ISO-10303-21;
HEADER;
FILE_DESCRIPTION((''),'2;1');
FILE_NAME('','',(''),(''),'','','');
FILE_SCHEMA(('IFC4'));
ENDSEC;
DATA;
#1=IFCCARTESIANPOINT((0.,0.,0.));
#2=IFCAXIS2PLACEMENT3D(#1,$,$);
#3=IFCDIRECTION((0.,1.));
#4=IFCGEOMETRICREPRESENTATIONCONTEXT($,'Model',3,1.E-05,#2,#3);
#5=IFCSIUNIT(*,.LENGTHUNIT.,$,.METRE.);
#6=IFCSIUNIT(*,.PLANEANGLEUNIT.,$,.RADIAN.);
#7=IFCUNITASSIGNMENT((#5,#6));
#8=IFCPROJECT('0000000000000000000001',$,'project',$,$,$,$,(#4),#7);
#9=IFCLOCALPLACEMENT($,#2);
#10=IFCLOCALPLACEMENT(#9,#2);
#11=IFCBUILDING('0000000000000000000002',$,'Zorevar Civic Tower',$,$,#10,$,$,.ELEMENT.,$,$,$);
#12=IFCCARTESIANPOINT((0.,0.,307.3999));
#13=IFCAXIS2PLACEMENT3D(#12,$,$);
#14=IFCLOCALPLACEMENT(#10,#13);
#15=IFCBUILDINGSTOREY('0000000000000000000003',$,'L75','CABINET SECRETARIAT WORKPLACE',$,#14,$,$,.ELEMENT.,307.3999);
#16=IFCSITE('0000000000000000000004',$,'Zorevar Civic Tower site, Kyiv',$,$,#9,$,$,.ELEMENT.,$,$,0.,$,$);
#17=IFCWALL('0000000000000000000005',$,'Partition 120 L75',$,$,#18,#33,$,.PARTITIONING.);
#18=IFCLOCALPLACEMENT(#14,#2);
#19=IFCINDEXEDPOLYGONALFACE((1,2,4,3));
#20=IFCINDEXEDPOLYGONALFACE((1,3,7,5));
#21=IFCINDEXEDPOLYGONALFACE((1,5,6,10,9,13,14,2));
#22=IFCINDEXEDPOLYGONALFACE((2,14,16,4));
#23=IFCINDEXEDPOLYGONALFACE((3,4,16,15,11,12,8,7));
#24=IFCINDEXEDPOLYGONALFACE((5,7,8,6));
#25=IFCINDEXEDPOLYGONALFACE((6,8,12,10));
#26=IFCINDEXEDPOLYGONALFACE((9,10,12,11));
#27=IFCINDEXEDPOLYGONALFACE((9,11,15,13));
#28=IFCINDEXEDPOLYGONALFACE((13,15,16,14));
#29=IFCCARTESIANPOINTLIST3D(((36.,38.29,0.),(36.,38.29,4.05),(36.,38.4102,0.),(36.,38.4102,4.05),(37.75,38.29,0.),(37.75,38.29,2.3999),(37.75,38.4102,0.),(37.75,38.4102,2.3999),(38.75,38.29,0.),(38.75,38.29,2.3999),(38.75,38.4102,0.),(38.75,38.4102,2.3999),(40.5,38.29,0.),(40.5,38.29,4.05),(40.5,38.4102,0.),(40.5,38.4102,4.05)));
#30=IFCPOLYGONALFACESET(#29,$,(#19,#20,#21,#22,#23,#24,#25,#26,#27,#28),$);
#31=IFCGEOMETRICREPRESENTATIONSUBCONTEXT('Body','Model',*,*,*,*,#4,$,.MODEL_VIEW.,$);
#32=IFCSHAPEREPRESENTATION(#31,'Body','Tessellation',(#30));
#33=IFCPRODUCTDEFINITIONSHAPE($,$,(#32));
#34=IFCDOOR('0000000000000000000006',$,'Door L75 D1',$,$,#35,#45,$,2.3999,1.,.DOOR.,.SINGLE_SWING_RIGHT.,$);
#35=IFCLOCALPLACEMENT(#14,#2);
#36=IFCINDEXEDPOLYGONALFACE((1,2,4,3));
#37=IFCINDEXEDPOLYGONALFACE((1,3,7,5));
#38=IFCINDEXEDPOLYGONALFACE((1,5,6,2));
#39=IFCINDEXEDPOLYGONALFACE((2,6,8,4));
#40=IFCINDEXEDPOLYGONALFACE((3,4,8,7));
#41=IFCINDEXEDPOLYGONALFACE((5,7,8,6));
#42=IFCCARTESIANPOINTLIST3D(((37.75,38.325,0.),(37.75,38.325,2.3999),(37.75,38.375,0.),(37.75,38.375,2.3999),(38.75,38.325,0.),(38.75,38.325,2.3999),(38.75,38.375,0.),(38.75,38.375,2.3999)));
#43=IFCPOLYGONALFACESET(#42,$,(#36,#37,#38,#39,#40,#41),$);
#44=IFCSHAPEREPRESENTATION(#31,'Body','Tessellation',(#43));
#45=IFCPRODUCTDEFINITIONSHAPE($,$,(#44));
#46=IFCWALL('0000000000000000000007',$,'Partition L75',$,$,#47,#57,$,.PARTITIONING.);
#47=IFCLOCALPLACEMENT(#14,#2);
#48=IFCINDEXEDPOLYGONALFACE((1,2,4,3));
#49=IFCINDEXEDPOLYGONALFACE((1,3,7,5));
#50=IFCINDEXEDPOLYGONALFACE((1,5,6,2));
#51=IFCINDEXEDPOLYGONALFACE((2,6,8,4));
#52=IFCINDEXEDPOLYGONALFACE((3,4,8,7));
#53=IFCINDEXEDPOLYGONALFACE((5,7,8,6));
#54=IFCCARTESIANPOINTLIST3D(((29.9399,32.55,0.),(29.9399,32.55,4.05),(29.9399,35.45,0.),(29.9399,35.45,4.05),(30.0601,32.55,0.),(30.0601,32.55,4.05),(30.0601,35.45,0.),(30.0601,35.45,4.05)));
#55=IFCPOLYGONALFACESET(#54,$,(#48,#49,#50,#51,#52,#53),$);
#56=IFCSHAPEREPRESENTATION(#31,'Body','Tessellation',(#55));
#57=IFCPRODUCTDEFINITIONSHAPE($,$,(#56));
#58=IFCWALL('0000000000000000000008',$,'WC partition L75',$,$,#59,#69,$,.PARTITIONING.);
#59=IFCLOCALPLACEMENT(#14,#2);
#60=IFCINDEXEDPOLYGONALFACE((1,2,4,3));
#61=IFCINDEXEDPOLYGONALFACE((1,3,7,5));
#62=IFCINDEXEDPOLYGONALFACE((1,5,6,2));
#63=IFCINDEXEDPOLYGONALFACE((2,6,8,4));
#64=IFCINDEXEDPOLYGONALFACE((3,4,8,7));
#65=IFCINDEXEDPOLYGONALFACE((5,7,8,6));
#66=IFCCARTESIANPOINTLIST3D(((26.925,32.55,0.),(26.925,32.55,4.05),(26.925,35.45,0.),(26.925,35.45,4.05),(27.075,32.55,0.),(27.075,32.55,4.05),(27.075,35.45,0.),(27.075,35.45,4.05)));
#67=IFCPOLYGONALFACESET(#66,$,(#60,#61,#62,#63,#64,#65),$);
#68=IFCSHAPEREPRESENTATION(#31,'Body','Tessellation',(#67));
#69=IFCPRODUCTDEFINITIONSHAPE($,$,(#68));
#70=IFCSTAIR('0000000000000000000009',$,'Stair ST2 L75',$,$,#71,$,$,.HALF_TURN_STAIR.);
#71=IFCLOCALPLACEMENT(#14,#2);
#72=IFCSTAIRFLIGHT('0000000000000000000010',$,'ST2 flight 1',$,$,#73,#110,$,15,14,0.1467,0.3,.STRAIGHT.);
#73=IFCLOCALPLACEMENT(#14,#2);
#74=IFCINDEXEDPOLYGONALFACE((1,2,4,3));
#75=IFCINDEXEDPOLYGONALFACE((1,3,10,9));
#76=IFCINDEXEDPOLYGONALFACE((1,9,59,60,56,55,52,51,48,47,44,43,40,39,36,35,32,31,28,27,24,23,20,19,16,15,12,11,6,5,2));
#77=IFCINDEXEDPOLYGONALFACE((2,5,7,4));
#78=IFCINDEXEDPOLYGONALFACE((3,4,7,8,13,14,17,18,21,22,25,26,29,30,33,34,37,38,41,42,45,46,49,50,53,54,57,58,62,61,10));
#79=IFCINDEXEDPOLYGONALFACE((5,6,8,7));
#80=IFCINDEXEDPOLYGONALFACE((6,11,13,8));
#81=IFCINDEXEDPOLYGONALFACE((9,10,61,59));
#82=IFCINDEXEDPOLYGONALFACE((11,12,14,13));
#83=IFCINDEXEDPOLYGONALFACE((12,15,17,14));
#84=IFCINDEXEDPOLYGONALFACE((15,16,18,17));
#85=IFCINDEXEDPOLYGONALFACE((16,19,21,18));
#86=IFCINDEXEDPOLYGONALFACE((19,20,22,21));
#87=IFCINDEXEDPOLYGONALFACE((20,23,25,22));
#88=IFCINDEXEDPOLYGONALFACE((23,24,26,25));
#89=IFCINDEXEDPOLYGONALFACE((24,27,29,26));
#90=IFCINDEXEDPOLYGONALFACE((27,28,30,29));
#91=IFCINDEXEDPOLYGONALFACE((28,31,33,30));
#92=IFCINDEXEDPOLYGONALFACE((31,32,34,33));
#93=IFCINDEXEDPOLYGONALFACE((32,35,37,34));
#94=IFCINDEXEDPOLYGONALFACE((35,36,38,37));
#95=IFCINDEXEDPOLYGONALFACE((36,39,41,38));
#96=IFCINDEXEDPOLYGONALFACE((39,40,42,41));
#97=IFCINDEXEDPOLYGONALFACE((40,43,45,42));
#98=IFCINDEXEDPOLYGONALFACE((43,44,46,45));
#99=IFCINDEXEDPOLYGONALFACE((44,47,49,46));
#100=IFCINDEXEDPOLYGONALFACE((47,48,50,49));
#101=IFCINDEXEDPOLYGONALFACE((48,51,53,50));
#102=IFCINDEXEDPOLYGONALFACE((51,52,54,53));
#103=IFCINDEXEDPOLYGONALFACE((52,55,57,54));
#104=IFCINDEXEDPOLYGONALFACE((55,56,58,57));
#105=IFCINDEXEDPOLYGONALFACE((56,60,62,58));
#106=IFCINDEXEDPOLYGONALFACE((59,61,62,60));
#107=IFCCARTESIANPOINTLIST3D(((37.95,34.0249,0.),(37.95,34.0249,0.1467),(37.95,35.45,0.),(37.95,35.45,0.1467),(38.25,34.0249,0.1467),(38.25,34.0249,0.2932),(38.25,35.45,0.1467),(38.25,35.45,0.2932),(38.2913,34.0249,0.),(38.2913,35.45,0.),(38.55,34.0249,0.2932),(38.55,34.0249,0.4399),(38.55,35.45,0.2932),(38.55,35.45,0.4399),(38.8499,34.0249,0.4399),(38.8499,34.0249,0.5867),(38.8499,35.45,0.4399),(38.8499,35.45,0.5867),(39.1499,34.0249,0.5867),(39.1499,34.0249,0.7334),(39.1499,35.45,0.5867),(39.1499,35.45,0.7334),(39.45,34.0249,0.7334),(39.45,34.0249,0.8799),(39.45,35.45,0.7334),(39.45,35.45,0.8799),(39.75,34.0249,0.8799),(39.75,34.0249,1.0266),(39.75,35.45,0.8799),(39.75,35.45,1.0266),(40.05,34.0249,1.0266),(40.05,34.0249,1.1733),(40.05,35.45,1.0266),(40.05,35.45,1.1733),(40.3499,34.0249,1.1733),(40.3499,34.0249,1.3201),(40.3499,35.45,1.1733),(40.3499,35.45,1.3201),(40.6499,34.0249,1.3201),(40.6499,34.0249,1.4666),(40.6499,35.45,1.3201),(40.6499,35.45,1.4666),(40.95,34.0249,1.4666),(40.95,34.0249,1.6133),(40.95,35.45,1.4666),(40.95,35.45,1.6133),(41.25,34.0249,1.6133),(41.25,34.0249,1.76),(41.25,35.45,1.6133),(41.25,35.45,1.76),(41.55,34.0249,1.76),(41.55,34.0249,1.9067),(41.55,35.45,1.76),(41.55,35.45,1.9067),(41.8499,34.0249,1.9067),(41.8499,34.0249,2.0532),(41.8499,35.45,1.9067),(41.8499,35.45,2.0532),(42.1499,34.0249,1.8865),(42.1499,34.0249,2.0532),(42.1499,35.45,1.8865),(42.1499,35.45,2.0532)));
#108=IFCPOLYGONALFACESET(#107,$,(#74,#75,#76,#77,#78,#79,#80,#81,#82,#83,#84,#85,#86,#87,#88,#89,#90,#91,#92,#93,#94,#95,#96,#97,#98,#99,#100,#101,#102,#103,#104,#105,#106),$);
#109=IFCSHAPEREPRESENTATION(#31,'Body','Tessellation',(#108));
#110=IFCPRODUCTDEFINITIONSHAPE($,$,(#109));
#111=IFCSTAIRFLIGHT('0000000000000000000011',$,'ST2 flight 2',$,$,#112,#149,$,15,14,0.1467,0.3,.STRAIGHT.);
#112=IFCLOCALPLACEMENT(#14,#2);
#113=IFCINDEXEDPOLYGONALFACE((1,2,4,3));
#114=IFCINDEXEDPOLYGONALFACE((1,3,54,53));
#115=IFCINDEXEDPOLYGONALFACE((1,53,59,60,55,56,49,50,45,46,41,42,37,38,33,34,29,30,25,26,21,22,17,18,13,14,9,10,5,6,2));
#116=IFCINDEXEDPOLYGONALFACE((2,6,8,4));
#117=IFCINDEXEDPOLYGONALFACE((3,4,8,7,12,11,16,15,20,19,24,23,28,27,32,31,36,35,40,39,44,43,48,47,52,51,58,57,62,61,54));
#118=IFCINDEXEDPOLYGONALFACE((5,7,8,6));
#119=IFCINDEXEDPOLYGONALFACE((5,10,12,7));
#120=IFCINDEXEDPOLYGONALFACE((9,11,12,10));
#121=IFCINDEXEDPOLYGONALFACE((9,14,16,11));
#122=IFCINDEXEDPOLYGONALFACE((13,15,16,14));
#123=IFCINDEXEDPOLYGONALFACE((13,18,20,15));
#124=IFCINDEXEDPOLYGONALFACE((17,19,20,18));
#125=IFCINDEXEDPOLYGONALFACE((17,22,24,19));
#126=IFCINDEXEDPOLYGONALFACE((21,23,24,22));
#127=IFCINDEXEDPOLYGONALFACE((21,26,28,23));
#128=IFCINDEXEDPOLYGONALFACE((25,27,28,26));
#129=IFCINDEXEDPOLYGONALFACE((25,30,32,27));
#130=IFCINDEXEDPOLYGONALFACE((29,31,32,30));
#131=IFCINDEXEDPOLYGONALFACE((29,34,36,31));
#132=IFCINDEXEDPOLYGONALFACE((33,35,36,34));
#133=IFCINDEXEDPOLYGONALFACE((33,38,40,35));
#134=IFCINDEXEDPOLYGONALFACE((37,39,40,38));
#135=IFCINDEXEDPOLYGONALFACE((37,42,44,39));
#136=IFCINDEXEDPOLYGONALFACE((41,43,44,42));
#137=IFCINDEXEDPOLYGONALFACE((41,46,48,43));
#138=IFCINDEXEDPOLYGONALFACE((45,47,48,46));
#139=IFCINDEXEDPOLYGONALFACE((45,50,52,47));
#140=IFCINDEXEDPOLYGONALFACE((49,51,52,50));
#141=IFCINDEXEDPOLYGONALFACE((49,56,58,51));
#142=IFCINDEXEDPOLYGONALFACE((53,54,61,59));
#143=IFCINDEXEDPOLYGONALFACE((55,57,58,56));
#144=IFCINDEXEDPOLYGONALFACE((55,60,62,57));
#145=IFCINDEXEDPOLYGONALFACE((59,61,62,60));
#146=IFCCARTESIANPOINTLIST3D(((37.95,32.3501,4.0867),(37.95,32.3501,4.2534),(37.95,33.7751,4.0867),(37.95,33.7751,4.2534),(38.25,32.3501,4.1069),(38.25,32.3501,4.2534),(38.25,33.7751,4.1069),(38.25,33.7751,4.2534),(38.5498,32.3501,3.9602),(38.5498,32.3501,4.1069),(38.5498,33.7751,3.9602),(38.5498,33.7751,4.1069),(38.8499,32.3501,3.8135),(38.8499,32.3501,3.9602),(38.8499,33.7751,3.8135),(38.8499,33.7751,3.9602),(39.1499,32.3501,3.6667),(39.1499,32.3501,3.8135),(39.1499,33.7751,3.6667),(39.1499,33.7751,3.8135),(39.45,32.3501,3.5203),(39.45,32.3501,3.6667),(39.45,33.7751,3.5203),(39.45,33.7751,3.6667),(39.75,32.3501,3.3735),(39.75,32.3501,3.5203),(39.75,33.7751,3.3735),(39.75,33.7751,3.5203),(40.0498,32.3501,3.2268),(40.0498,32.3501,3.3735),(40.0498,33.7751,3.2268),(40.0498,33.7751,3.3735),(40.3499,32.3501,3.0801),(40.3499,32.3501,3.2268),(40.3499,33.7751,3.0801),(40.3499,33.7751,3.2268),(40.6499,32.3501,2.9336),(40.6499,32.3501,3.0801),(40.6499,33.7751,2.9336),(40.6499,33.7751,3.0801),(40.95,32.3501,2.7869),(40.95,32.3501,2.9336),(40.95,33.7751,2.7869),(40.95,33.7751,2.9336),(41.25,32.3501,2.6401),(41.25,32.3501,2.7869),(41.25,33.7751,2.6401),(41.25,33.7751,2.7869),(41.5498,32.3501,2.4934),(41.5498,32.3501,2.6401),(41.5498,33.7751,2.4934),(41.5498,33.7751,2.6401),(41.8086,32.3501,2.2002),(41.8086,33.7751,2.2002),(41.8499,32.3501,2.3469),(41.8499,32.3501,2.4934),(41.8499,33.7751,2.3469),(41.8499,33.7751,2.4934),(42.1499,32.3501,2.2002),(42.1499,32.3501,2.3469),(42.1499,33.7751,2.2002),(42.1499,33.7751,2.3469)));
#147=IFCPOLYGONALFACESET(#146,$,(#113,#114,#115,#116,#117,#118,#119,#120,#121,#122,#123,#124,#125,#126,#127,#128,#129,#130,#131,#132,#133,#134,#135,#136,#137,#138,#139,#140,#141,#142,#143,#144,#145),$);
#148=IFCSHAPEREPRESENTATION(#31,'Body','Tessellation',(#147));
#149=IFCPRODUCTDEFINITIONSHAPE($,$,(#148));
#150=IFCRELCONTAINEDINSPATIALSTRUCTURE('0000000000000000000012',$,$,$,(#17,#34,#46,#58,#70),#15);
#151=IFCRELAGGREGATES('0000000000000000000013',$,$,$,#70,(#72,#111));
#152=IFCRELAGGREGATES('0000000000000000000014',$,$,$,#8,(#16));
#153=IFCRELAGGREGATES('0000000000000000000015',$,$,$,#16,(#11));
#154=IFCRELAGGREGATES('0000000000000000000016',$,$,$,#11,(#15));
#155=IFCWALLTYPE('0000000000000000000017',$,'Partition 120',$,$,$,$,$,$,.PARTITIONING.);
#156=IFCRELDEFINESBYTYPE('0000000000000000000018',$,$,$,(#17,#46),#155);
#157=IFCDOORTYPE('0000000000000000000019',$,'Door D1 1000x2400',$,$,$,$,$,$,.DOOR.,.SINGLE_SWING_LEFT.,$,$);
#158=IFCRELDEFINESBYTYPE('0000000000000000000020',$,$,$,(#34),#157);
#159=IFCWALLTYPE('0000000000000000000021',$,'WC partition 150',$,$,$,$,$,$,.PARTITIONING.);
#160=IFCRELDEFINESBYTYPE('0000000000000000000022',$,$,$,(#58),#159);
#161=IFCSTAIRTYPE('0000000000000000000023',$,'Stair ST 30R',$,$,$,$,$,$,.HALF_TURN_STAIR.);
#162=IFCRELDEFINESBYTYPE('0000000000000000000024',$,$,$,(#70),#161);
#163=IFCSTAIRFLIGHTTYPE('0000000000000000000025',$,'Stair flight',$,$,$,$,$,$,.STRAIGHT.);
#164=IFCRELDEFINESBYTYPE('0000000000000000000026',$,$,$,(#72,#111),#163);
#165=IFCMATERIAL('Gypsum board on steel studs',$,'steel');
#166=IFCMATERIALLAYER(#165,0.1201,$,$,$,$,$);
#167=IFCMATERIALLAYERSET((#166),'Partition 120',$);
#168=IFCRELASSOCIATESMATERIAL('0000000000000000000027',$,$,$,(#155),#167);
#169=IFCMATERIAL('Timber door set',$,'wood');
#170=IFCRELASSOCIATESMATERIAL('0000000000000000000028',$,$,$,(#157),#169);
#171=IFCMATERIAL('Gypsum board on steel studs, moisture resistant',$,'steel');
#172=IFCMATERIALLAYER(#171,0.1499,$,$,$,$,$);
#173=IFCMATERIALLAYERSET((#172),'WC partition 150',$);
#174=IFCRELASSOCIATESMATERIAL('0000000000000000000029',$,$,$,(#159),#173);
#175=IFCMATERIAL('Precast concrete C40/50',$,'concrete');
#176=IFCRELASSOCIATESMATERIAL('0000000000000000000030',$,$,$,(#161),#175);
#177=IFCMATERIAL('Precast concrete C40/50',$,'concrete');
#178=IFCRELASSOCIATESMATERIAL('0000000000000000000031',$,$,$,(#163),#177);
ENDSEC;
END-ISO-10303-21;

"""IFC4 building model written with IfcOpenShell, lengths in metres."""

from ifc_helpers import new_model, si_unit, direction, frame, frame_2d, origin, place, context, subcontext, project, spatial, polyline, rectangle, outline, extrude, material, layer, layer_set, type_object, element, fill, aggregate, save


model = new_model("IFC4")

# Units and contexts
model_context = context("Model", 3, precision=1e-05, world=origin(), true_north=direction((0.0, 1.0)))
body_context = subcontext(model_context, "Body", "Model", "MODEL_VIEW")
ifc_project = project(units=[si_unit("LENGTHUNIT", "METRE"), si_unit("PLANEANGLEUNIT", "RADIAN")], contexts=[model_context])

# Site, building, storey
site_placement = place(None, origin())
site = spatial("IfcSite", under=ifc_project, at=site_placement, Name="Zorevar Civic Tower site, Kyiv", CompositionType="ELEMENT", RefElevation=0.0)
building_placement = place(site_placement, origin())
building = spatial("IfcBuilding", under=site, at=building_placement, Name="Zorevar Civic Tower", CompositionType="ELEMENT")
storey_placement = place(building_placement, frame((0.0, 0.0, 307.3999)))
storey = spatial("IfcBuildingStorey", under=building, at=storey_placement, Name="L75", Description="CABINET SECRETARIAT WORKPLACE", CompositionType="ELEMENT", Elevation=307.3999)

# Wall, opening, door
ifc_material_1 = material(Name="Gypsum board on steel studs", Category="steel")
ifc_layer_1 = layer(ifc_material_1, 0.1201)
ifc_layer_set_1 = layer_set([ifc_layer_1], Name="Partition 120")
wall_type_1 = type_object("IfcWallType", Name="Partition 120", PredefinedType="PARTITIONING", material=ifc_layer_set_1)
wall_1_placement = place(storey_placement, frame((36.0, 38.3501, 0.0), z_axis=(0.0, 0.0, 1.0), x_axis=(1.0, 0.0, 0.0)))
wall_1 = element("IfcWall", 1, at=wall_1_placement, inside=storey, type_object=wall_type_1, Name="Partition 120 L75", PredefinedType="PARTITIONING", context=body_context, shape_type="SweptSolid", body=[
    extrude(rectangle(XDim=4.5, YDim=0.1201, at=frame_2d((2.25, 0.0))), origin(), (0.0, 0.0, 1.0), 4.05),
])
opening_1_placement = place(wall_1_placement, frame((1.75, 0.0, 0.0)))
opening_1 = element("IfcOpeningElement", 2, at=opening_1_placement, cuts=wall_1, PredefinedType="OPENING", context=body_context, shape_type="SweptSolid", body=[
    extrude(rectangle(XDim=1.0, YDim=2.3999, at=frame_2d((0.5, 1.2))), frame((0.0, 0.0701, 0.0), z_axis=(0.0, -1.0, 0.0), x_axis=(1.0, 0.0, 0.0)), (0.0, 0.0, 1.0), 0.1401),
])
ifc_material_2 = material(Name="Timber door set", Category="wood")
door_type_1 = type_object("IfcDoorType", Name="Door D1 1000x2400", OperationType="SINGLE_SWING_LEFT", PredefinedType="DOOR", material=ifc_material_2)
door_1_placement = place(opening_1_placement, origin())
door_1 = element("IfcDoor", 3, at=door_1_placement, inside=storey, type_object=door_type_1, Name="Door L75 D1", OperationType="SINGLE_SWING_RIGHT", OverallHeight=2.3999, OverallWidth=1.0, PredefinedType="DOOR", context=body_context, shape_type="SweptSolid", body=[
    extrude(rectangle(XDim=1.0, YDim=2.3999, at=frame_2d((0.5, 1.2))), frame((0.0, 0.0249, 0.0), z_axis=(0.0, -1.0, 0.0), x_axis=(1.0, 0.0, 0.0)), (0.0, 0.0, 1.0), 0.05),
])
fill(opening_1, door_1)

# Walls
wall_2_placement = place(storey_placement, frame((30.0, 32.55, 0.0), z_axis=(0.0, 0.0, 1.0), x_axis=(0.0, 1.0, 0.0)))
element("IfcWall", 4, at=wall_2_placement, inside=storey, type_object=wall_type_1, Name="Partition L75", PredefinedType="PARTITIONING", context=body_context, shape_type="SweptSolid", body=[
    extrude(rectangle(XDim=2.8999, YDim=0.1201, at=frame_2d((1.45, 0.0))), origin(), (0.0, 0.0, 1.0), 4.05),
])
ifc_material_3 = material(Name="Gypsum board on steel studs, moisture resistant", Category="steel")
ifc_layer_2 = layer(ifc_material_3, 0.1499)
ifc_layer_set_2 = layer_set([ifc_layer_2], Name="WC partition 150")
wall_type_2 = type_object("IfcWallType", Name="WC partition 150", PredefinedType="PARTITIONING", material=ifc_layer_set_2)
wall_3_placement = place(storey_placement, frame((27.0, 32.55, 0.0), z_axis=(0.0, 0.0, 1.0), x_axis=(0.0, 1.0, 0.0)))
element("IfcWall", 5, at=wall_3_placement, inside=storey, type_object=wall_type_2, Name="WC partition L75", PredefinedType="PARTITIONING", context=body_context, shape_type="SweptSolid", body=[
    extrude(rectangle(XDim=2.8999, YDim=0.1499, at=frame_2d((1.45, 0.0))), origin(), (0.0, 0.0, 1.0), 4.05),
])

# Stair, stair flights
ifc_material_4 = material(Name="Precast concrete C40/50", Category="concrete")
stair_type = type_object("IfcStairType", Name="Stair ST 30R", PredefinedType="HALF_TURN_STAIR", material=ifc_material_4)
stair_placement = place(storey_placement, origin())
stair = element("IfcStair", 6, at=stair_placement, inside=storey, type_object=stair_type, Name="Stair ST2 L75", PredefinedType="HALF_TURN_STAIR")
ifc_material_5 = material(Name="Precast concrete C40/50", Category="concrete")
stair_flight_type = type_object("IfcStairFlightType", Name="Stair flight", PredefinedType="STRAIGHT", material=ifc_material_5)
stair_flight_1_placement = place(storey_placement, frame((37.95, 34.7375, 0.0), z_axis=(0.0, 0.0, 1.0), x_axis=(1.0, 0.0, 0.0)))
stair_flight_1 = element("IfcStairFlight", 7, at=stair_flight_1_placement, type_object=stair_flight_type, Name="ST2 flight 1", NumberOfRisers=15, NumberOfTreads=14, PredefinedType="STRAIGHT", RiserHeight=0.1467, TreadLength=0.3, context=body_context, shape_type="SweptSolid", body=[
    extrude(outline(polyline([(0.0, 0.0), (0.0, 0.1467), (0.3, 0.1467), (0.3, 0.2932), (0.6001, 0.2932), (0.6001, 0.4399), (0.8999, 0.4399), (0.8999, 0.5867), (1.2, 0.5867), (1.2, 0.7334), (1.5, 0.7334), (1.5, 0.8799), (1.8, 0.8799), (1.8, 1.0266), (2.1001, 1.0266), (2.1001, 1.1733), (2.3999, 1.1733), (2.3999, 1.3201), (2.7, 1.3201), (2.7, 1.4666), (3.0, 1.4666), (3.0, 1.6133), (3.3, 1.6133), (3.3, 1.76), (3.6001, 1.76), (3.6001, 1.9067), (3.8999, 1.9067), (3.8999, 2.0532), (4.2, 2.0532), (4.2, 2.2), (4.2, 1.8865), (0.3413, 0.0), (0.0, 0.0)])), frame((0.0, 0.7124, 0.0), z_axis=(0.0, -1.0, 0.0), x_axis=(1.0, 0.0, 0.0)), (0.0, 0.0, 1.0), 1.425),
])
stair_flight_2_placement = place(storey_placement, frame((42.1499, 33.0625, 2.2002), z_axis=(0.0, 0.0, 1.0), x_axis=(-1.0, 0.0, 0.0)))
stair_flight_2 = element("IfcStairFlight", 8, at=stair_flight_2_placement, type_object=stair_flight_type, Name="ST2 flight 2", NumberOfRisers=15, NumberOfTreads=14, PredefinedType="STRAIGHT", RiserHeight=0.1467, TreadLength=0.3, context=body_context, shape_type="SweptSolid", body=[
    extrude(outline(polyline([(0.0, 0.0), (0.0, 0.1467), (0.3, 0.1467), (0.3, 0.2932), (0.6001, 0.2932), (0.6001, 0.4399), (0.8999, 0.4399), (0.8999, 0.5867), (1.2, 0.5867), (1.2, 0.7334), (1.5, 0.7334), (1.5, 0.8799), (1.8, 0.8799), (1.8, 1.0266), (2.1001, 1.0266), (2.1001, 1.1733), (2.3999, 1.1733), (2.3999, 1.3201), (2.7, 1.3201), (2.7, 1.4666), (3.0, 1.4666), (3.0, 1.6133), (3.3, 1.6133), (3.3, 1.76), (3.6001, 1.76), (3.6001, 1.9067), (3.8999, 1.9067), (3.8999, 2.0532), (4.2, 2.0532), (4.2, 2.2), (4.2, 1.8865), (0.3413, 0.0), (0.0, 0.0)])), frame((0.0, 0.7124, 0.0), z_axis=(0.0, -1.0, 0.0), x_axis=(1.0, 0.0, 0.0)), (0.0, 0.0, 1.0), 1.425),
])
aggregate(stair, [stair_flight_1, stair_flight_2])

save(model, "model.ifc")
